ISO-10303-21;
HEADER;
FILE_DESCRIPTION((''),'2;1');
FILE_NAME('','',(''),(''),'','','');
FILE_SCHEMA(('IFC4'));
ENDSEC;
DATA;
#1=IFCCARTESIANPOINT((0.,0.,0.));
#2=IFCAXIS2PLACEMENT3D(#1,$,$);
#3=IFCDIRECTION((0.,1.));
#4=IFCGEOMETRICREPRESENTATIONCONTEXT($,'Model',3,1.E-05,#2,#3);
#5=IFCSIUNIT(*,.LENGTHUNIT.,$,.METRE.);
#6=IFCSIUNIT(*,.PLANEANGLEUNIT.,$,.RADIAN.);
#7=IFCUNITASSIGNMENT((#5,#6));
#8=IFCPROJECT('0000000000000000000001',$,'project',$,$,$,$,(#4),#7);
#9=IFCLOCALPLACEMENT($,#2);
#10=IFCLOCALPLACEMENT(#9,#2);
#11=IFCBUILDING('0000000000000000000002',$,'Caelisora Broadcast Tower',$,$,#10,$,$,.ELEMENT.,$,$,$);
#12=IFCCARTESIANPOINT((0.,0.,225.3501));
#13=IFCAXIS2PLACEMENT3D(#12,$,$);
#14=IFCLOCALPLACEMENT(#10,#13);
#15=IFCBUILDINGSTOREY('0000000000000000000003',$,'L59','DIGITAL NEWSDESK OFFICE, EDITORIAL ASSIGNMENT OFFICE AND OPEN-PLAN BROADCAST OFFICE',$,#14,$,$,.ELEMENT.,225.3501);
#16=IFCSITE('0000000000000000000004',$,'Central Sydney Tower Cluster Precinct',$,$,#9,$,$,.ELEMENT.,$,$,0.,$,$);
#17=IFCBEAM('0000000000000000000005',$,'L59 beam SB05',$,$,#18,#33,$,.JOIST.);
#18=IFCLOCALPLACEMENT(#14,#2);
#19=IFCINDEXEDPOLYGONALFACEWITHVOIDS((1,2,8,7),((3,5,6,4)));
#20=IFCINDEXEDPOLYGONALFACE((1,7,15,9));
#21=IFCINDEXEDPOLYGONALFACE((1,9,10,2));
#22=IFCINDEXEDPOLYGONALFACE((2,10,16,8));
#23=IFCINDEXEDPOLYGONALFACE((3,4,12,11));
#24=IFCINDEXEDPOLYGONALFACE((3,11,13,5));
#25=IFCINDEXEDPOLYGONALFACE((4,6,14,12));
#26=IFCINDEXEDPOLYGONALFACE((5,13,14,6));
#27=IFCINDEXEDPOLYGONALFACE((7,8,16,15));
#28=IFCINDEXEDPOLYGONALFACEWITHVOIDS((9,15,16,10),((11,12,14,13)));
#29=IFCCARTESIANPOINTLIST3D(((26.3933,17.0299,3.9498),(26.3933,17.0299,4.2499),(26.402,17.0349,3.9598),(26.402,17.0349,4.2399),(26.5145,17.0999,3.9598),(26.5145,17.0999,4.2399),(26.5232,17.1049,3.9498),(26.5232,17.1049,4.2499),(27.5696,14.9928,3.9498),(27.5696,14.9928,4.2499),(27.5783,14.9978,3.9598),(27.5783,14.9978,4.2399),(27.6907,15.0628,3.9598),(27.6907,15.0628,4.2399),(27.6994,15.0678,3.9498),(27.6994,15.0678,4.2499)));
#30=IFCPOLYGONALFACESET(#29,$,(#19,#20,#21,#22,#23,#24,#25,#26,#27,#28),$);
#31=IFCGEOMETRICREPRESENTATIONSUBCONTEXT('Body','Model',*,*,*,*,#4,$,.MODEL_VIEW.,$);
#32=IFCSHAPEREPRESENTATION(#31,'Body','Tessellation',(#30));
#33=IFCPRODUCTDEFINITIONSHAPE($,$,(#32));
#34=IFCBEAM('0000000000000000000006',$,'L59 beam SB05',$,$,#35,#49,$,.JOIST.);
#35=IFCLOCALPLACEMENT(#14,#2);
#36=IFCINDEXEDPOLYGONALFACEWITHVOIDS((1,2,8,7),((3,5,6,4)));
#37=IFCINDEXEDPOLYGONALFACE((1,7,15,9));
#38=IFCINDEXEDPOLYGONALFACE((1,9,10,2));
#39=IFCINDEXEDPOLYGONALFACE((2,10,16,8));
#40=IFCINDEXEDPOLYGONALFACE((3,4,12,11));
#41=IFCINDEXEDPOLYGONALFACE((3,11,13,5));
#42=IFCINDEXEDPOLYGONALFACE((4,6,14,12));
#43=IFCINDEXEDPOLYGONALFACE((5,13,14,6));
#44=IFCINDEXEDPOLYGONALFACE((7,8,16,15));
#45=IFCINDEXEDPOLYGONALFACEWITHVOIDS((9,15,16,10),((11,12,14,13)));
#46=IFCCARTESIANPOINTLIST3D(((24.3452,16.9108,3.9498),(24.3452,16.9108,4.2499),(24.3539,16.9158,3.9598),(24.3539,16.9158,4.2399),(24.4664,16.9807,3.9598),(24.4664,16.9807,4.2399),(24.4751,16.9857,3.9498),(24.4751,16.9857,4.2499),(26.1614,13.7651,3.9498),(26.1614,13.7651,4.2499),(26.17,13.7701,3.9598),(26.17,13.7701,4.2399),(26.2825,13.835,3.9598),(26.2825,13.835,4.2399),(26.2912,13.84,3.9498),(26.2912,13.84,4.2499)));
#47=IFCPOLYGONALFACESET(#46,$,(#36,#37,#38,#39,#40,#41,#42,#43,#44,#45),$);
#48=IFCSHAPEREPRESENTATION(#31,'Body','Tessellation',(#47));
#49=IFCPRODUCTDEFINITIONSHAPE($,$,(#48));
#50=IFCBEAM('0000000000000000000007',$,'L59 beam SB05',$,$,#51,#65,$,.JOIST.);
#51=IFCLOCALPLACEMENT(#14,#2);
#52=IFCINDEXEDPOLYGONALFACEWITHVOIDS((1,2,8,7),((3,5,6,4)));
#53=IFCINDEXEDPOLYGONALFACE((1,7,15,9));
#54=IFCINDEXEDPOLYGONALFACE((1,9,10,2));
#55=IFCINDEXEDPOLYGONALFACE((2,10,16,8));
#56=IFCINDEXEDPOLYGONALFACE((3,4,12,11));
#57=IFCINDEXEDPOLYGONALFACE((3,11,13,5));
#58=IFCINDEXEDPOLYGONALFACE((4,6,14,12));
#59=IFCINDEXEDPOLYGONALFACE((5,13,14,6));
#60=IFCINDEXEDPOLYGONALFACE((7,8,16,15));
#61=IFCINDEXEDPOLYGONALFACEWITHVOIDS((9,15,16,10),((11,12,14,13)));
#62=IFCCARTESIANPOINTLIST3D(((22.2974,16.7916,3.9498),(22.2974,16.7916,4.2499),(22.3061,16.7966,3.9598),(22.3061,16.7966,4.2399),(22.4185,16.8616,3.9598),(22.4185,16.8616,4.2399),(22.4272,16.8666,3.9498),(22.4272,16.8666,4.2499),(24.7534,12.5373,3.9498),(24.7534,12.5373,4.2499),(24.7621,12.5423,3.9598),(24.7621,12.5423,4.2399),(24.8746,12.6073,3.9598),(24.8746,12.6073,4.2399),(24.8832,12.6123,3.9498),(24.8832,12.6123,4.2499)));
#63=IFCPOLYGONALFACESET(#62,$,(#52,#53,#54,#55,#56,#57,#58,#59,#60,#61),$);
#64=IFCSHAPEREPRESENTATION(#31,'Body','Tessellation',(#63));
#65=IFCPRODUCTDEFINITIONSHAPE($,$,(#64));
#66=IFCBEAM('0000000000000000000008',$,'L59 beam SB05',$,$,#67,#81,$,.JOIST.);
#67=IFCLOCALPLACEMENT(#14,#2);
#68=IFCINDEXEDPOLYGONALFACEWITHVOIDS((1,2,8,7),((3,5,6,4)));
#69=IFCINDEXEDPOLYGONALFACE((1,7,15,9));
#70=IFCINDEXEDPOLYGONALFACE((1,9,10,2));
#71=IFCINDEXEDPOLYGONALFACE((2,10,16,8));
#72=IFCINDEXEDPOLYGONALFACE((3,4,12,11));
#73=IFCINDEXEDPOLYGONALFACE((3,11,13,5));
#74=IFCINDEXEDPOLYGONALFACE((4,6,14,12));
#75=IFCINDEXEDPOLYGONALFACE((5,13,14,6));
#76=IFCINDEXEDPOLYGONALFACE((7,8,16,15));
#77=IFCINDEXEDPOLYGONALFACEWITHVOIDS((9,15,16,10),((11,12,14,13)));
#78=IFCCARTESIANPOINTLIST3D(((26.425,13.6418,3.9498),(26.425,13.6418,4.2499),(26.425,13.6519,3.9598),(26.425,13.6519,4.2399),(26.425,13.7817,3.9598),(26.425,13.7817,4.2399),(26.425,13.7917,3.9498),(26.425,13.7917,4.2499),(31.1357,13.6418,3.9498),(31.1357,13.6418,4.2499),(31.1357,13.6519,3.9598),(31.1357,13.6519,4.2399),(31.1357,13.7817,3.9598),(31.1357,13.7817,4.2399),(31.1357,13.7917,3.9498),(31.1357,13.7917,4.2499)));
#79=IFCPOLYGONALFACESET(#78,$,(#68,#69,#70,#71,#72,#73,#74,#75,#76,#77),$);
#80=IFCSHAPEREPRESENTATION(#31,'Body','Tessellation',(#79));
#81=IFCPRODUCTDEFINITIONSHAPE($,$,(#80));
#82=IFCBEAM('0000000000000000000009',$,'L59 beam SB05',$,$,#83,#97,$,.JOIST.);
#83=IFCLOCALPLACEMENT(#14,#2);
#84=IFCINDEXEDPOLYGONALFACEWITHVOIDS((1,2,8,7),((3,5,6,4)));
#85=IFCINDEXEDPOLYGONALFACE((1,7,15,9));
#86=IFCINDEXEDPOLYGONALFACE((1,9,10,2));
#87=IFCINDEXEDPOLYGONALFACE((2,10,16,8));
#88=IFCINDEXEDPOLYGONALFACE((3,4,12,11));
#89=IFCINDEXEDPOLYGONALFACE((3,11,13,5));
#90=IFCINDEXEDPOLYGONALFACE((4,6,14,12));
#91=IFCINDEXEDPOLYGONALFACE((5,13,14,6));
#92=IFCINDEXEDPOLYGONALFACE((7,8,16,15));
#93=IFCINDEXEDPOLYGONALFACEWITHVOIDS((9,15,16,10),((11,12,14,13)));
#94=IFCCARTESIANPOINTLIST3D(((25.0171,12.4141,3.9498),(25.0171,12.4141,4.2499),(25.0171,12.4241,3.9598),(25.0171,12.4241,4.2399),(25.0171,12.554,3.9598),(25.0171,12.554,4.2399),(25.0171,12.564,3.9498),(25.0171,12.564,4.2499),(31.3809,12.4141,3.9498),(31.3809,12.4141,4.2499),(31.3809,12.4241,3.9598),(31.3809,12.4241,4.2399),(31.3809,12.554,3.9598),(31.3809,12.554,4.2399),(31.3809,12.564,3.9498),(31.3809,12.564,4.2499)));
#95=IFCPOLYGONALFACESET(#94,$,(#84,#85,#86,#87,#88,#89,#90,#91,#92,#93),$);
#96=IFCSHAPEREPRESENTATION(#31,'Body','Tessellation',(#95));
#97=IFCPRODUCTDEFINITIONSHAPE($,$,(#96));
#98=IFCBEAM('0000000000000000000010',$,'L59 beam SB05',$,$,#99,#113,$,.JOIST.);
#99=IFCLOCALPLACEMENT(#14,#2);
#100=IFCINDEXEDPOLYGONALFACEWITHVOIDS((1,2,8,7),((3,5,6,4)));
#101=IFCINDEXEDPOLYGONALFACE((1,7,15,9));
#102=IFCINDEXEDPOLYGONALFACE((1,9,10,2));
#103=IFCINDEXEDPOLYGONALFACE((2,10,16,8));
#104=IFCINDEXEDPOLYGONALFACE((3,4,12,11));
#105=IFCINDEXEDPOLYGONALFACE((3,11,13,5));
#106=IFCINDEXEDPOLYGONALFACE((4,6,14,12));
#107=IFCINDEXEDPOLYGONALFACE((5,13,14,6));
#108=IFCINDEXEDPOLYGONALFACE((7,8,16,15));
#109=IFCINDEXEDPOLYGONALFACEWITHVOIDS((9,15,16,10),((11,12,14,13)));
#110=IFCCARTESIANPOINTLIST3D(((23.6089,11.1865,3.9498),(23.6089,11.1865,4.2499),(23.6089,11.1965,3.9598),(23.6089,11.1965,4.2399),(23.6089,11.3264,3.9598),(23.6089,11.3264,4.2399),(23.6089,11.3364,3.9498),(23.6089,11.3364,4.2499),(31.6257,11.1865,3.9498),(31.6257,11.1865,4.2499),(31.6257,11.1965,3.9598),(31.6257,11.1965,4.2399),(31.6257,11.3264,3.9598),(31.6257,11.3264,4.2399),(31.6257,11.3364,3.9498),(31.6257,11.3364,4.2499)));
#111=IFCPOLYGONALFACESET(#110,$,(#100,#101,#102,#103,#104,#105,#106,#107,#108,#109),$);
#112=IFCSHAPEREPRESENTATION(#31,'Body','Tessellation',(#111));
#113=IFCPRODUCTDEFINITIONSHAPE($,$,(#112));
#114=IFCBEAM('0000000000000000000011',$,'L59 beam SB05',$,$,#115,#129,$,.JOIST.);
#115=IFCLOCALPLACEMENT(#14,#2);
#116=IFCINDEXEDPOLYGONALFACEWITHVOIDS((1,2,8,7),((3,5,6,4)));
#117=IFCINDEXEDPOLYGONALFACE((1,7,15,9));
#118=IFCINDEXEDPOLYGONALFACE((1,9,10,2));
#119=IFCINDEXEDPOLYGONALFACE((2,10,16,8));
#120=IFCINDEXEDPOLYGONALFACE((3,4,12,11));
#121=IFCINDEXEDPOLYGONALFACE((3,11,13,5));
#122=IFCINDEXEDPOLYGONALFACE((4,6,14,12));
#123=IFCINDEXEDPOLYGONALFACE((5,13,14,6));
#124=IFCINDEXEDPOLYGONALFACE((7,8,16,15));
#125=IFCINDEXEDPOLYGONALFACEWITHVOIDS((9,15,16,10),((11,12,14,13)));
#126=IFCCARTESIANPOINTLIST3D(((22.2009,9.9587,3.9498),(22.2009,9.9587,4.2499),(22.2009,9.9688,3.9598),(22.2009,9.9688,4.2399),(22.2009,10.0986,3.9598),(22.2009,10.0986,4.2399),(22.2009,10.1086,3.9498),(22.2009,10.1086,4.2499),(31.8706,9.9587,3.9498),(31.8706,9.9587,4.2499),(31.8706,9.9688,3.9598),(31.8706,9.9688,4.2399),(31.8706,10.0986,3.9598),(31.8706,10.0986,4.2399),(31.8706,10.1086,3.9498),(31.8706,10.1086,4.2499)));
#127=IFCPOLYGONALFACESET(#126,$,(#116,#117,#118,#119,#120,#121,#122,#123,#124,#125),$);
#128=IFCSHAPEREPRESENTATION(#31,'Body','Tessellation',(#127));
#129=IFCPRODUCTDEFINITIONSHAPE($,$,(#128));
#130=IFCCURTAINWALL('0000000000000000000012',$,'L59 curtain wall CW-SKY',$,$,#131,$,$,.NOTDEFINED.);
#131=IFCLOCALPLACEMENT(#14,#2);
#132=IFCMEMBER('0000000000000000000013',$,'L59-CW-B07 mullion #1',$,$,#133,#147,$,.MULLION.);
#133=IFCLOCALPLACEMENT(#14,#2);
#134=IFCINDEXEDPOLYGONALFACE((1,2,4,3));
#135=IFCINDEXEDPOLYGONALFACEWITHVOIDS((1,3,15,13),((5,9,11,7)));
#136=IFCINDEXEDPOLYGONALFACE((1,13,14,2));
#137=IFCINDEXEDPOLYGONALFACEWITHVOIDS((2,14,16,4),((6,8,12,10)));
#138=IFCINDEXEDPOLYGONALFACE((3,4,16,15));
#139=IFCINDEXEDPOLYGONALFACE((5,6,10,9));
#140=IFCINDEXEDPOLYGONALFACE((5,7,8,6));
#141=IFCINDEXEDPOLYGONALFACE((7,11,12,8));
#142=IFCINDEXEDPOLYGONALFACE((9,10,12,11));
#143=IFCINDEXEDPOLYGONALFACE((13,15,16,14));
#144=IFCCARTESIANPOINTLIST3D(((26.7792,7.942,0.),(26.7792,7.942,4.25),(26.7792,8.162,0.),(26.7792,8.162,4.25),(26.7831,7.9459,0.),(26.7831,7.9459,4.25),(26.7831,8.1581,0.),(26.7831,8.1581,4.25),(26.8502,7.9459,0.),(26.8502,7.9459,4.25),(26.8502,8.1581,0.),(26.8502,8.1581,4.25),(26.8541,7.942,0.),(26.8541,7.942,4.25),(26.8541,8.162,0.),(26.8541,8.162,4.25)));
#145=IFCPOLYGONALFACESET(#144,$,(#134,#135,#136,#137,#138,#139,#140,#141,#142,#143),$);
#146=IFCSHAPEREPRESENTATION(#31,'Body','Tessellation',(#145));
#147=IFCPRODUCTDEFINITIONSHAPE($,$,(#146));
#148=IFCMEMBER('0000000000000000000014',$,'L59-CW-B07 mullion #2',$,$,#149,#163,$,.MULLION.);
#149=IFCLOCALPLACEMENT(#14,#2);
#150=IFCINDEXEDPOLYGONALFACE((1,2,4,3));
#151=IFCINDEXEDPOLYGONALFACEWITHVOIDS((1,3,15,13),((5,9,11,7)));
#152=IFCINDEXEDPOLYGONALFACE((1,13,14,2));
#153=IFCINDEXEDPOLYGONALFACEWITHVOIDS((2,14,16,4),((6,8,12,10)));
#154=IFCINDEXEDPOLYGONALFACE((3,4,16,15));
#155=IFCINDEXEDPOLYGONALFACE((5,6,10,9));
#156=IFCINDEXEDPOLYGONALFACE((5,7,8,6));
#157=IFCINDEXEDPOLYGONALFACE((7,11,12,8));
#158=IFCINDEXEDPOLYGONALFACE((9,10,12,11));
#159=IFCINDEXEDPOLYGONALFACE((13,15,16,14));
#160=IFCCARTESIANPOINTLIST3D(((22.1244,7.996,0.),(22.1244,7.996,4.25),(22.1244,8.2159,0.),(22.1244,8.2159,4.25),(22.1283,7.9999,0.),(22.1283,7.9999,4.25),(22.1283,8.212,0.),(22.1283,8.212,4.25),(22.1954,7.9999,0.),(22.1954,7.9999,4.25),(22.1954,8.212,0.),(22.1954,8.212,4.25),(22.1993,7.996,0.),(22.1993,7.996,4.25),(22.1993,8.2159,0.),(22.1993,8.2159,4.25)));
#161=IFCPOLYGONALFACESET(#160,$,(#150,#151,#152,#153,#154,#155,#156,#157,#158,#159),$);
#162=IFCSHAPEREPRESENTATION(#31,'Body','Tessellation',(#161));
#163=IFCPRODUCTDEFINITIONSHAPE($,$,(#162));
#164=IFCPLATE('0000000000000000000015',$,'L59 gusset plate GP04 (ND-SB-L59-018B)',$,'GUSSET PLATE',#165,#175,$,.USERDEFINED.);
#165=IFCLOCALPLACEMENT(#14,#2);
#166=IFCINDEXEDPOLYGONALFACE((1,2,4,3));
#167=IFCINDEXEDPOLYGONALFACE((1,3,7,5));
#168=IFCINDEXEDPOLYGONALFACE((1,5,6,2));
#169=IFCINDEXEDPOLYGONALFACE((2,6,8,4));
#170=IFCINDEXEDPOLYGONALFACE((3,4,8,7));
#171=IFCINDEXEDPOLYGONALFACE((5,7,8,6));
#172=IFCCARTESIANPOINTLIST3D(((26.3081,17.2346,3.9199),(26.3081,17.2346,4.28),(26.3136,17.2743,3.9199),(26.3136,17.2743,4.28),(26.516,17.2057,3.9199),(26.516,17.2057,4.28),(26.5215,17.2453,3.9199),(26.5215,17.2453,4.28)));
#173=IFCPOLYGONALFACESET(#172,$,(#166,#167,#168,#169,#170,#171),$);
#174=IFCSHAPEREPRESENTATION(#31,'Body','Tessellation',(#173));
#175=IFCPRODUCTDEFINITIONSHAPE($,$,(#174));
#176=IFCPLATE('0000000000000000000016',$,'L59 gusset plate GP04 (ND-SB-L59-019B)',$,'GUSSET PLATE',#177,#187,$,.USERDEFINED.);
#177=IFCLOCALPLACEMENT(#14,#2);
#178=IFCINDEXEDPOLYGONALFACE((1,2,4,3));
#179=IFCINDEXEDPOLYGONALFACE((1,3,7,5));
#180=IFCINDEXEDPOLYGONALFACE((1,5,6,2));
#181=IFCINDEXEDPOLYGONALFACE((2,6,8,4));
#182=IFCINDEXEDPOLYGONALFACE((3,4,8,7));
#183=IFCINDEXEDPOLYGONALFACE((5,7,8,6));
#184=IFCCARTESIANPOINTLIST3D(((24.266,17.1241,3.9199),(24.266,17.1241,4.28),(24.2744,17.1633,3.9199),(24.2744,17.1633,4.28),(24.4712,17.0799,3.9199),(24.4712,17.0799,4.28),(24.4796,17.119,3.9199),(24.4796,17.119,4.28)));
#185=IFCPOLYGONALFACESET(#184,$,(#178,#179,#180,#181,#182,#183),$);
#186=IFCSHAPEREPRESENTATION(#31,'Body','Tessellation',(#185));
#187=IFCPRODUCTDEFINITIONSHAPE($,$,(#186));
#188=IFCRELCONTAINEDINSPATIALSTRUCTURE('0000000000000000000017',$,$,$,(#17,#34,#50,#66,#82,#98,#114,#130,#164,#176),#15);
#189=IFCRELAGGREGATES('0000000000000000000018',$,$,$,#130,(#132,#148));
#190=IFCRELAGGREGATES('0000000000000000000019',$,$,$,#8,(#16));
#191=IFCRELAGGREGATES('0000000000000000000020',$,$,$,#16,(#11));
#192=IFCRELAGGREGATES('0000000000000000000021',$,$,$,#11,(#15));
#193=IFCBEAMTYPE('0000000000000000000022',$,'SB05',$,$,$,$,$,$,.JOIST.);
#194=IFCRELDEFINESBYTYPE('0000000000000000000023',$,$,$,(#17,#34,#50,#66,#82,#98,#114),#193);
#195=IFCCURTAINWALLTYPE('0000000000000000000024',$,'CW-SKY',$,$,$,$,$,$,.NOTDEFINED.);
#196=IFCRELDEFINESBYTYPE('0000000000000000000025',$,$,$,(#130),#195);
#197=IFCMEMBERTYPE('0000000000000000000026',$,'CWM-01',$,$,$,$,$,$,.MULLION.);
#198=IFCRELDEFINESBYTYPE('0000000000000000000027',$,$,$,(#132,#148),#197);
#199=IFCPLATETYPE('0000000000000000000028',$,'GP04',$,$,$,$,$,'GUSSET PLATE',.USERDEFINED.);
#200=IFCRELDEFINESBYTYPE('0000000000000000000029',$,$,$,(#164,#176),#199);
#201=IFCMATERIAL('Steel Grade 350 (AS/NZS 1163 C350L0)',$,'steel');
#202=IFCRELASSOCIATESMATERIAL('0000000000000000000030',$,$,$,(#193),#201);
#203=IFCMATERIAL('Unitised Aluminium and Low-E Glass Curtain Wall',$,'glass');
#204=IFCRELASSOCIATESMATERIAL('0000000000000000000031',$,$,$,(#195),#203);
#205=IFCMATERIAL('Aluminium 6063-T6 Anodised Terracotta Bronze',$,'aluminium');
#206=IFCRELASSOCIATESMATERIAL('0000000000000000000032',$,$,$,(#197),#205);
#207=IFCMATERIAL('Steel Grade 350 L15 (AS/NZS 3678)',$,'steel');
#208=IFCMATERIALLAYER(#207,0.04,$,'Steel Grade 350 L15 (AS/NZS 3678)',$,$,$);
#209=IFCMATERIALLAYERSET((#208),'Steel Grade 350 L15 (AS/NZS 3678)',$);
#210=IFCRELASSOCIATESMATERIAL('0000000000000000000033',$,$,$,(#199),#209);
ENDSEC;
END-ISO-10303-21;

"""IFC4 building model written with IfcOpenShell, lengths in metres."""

from ifc_helpers import new_model, si_unit, direction, frame, origin, origin_2d, place, context, subcontext, project, spatial, rectangle, hollow_rectangle, extrude, source, transform, mapped, material, layer, layer_set, material_profile, profile_set, type_object, type_shapes, element, aggregate, save


model = new_model("IFC4")

# Units and contexts
model_context = context("Model", 3, precision=1e-05, world=origin(), true_north=direction((0.0, 1.0)))
body_context = subcontext(model_context, "Body", "Model", "MODEL_VIEW")
ifc_project = project(units=[si_unit("LENGTHUNIT", "METRE"), si_unit("PLANEANGLEUNIT", "RADIAN")], contexts=[model_context])

# Site, building, storey
site_placement = place(None, origin())
site = spatial("IfcSite", under=ifc_project, at=site_placement, Name="Central Sydney Tower Cluster Precinct", CompositionType="ELEMENT", RefElevation=0.0)
building_placement = place(site_placement, origin())
building = spatial("IfcBuilding", under=site, at=building_placement, Name="Caelisora Broadcast Tower", CompositionType="ELEMENT")
storey_placement = place(building_placement, frame((0.0, 0.0, 225.3501)))
storey = spatial("IfcBuildingStorey", under=building, at=storey_placement, Name="L59", Description="DIGITAL NEWSDESK OFFICE, EDITORIAL ASSIGNMENT OFFICE AND OPEN-PLAN BROADCAST OFFICE", CompositionType="ELEMENT", Elevation=225.3501)

# Beams
ifc_material_1 = material(Name="Steel Grade 350 (AS/NZS 1163 C350L0)", Category="steel")
ifc_material_profile_1 = material_profile(ifc_material_1, hollow_rectangle(XDim=0.1499, YDim=0.3, WallThickness=0.01, at=origin_2d()), Name="Steel Grade 350 (AS/NZS 1163 C350L0)")
ifc_profile_set_1 = profile_set([ifc_material_profile_1], Name="Steel Grade 350 (AS/NZS 1163 C350L0)")
beam_type = type_object("IfcBeamType", Name="SB05", PredefinedType="JOIST", material=ifc_profile_set_1)
shared_shape_1 = source(origin(), body_context, "Body", "SweptSolid", [
    extrude(hollow_rectangle(XDim=0.1499, YDim=0.3, WallThickness=0.01, at=origin_2d()), origin(), (0.0, 0.0, 1.0), 2.3523),
])
beam_1_placement = place(storey_placement, frame((26.4583, 17.0674, 4.0999), z_axis=(0.500046, -0.865999, 0.0), x_axis=(0.865999, 0.500046, 0.0)))
element("IfcBeam", 1, at=beam_1_placement, inside=storey, type_object=beam_type, Name="L59 beam SB05", PredefinedType="JOIST", context=body_context, shape_type="MappedRepresentation", body=[
    mapped(shared_shape_1, transform((0.0, 0.0, 0.0), scale=1.0)),
])
shared_shape_2 = source(origin(), body_context, "Body", "SweptSolid", [
    extrude(hollow_rectangle(XDim=0.1499, YDim=0.3, WallThickness=0.01, at=origin_2d()), origin(), (0.0, 0.0, 1.0), 3.6323),
])
beam_2_placement = place(storey_placement, frame((24.4102, 16.9482, 4.0999), z_axis=(0.499992, -0.86603, 0.0), x_axis=(0.86603, 0.499992, 0.0)))
element("IfcBeam", 2, at=beam_2_placement, inside=storey, type_object=beam_type, Name="L59 beam SB05", PredefinedType="JOIST", context=body_context, shape_type="MappedRepresentation", body=[
    mapped(shared_shape_2, transform((0.0, 0.0, 0.0), scale=1.0)),
])
shared_shape_3 = source(origin(), body_context, "Body", "SweptSolid", [
    extrude(hollow_rectangle(XDim=0.1499, YDim=0.3, WallThickness=0.01, at=origin_2d()), origin(), (0.0, 0.0, 1.0), 4.9124),
])
beam_3_placement = place(storey_placement, frame((22.3623, 16.8291, 4.0999), z_axis=(0.499966, -0.866045, 0.0), x_axis=(0.866045, 0.499966, 0.0)))
element("IfcBeam", 3, at=beam_3_placement, inside=storey, type_object=beam_type, Name="L59 beam SB05", PredefinedType="JOIST", context=body_context, shape_type="MappedRepresentation", body=[
    mapped(shared_shape_3, transform((0.0, 0.0, 0.0), scale=1.0)),
])
shared_shape_4 = source(origin(), body_context, "Body", "SweptSolid", [
    extrude(hollow_rectangle(XDim=0.1499, YDim=0.3, WallThickness=0.01, at=origin_2d()), origin(), (0.0, 0.0, 1.0), 4.7107),
])
beam_4_placement = place(storey_placement, frame((26.425, 13.7168, 4.0999), z_axis=(1.0, 0.0, 0.0), x_axis=(0.0, 1.0, 0.0)))
element("IfcBeam", 4, at=beam_4_placement, inside=storey, type_object=beam_type, Name="L59 beam SB05", PredefinedType="JOIST", context=body_context, shape_type="MappedRepresentation", body=[
    mapped(shared_shape_4, transform((0.0, 0.0, 0.0), scale=1.0)),
])
shared_shape_5 = source(origin(), body_context, "Body", "SweptSolid", [
    extrude(hollow_rectangle(XDim=0.1499, YDim=0.3, WallThickness=0.01, at=origin_2d()), origin(), (0.0, 0.0, 1.0), 6.3638),
])
beam_5_placement = place(storey_placement, frame((25.0171, 12.489, 4.0999), z_axis=(1.0, 0.0, 0.0), x_axis=(0.0, 1.0, 0.0)))
element("IfcBeam", 5, at=beam_5_placement, inside=storey, type_object=beam_type, Name="L59 beam SB05", PredefinedType="JOIST", context=body_context, shape_type="MappedRepresentation", body=[
    mapped(shared_shape_5, transform((0.0, 0.0, 0.0), scale=1.0)),
])
shared_shape_6 = source(origin(), body_context, "Body", "SweptSolid", [
    extrude(hollow_rectangle(XDim=0.1499, YDim=0.3, WallThickness=0.01, at=origin_2d()), origin(), (0.0, 0.0, 1.0), 8.0168),
])
beam_6_placement = place(storey_placement, frame((23.6089, 11.2615, 4.0999), z_axis=(1.0, 0.0, 0.0), x_axis=(0.0, 1.0, 0.0)))
element("IfcBeam", 6, at=beam_6_placement, inside=storey, type_object=beam_type, Name="L59 beam SB05", PredefinedType="JOIST", context=body_context, shape_type="MappedRepresentation", body=[
    mapped(shared_shape_6, transform((0.0, 0.0, 0.0), scale=1.0)),
])
shared_shape_7 = source(origin(), body_context, "Body", "SweptSolid", [
    extrude(hollow_rectangle(XDim=0.1499, YDim=0.3, WallThickness=0.01, at=origin_2d()), origin(), (0.0, 0.0, 1.0), 9.6697),
])
type_shapes(beam_type, [shared_shape_1, shared_shape_2, shared_shape_3, shared_shape_4, shared_shape_5, shared_shape_6, shared_shape_7])
beam_7_placement = place(storey_placement, frame((22.2009, 10.0337, 4.0999), z_axis=(1.0, 0.0, 0.0), x_axis=(0.0, 1.0, 0.0)))
element("IfcBeam", 7, at=beam_7_placement, inside=storey, type_object=beam_type, Name="L59 beam SB05", PredefinedType="JOIST", context=body_context, shape_type="MappedRepresentation", body=[
    mapped(shared_shape_7, transform((0.0, 0.0, 0.0), scale=1.0)),
])

# Curtain wall, members
ifc_material_2 = material(Name="Unitised Aluminium and Low-E Glass Curtain Wall", Category="glass")
curtain_wall_type = type_object("IfcCurtainWallType", Name="CW-SKY", PredefinedType="NOTDEFINED", material=ifc_material_2)
curtain_wall_placement = place(storey_placement, origin())
curtain_wall = element("IfcCurtainWall", 8, at=curtain_wall_placement, inside=storey, type_object=curtain_wall_type, Name="L59 curtain wall CW-SKY", PredefinedType="NOTDEFINED")
ifc_material_3 = material(Name="Aluminium 6063-T6 Anodised Terracotta Bronze", Category="aluminium")
ifc_material_profile_2 = material_profile(ifc_material_3, hollow_rectangle(XDim=0.075, YDim=0.22, WallThickness=0.0039, at=origin_2d()), Name="Aluminium 6063-T6 Anodised Terracotta Bronze")
ifc_profile_set_2 = profile_set([ifc_material_profile_2], Name="Aluminium 6063-T6 Anodised Terracotta Bronze")
member_type = type_object("IfcMemberType", Name="CWM-01", PredefinedType="MULLION", material=ifc_profile_set_2)
shared_shape_8 = source(origin(), body_context, "Body", "SweptSolid", [
    extrude(hollow_rectangle(XDim=0.075, YDim=0.22, WallThickness=0.0039, at=origin_2d()), origin(), (0.0, 0.0, 1.0), 4.25),
])
type_shapes(member_type, [shared_shape_8])
member_1_placement = place(storey_placement, frame((26.8167, 8.052, 0.0), z_axis=(0.0, 0.0, 1.0), x_axis=(1.0, 0.0, 0.0)))
member_1 = element("IfcMember", 9, at=member_1_placement, type_object=member_type, Name="L59-CW-B07 mullion #1", PredefinedType="MULLION", context=body_context, shape_type="MappedRepresentation", body=[
    mapped(shared_shape_8, transform((0.0, 0.0, 0.0), scale=1.0)),
])
member_2_placement = place(storey_placement, frame((22.1619, 8.106, 0.0), z_axis=(0.0, 0.0, 1.0), x_axis=(1.0, 0.0, 0.0)))
member_2 = element("IfcMember", 10, at=member_2_placement, type_object=member_type, Name="L59-CW-B07 mullion #2", PredefinedType="MULLION", context=body_context, shape_type="MappedRepresentation", body=[
    mapped(shared_shape_8, transform((0.0, 0.0, 0.0), scale=1.0)),
])

# Plates
ifc_material_4 = material(Name="Steel Grade 350 L15 (AS/NZS 3678)", Category="steel")
ifc_layer_1 = layer(ifc_material_4, 0.04, Name="Steel Grade 350 L15 (AS/NZS 3678)")
ifc_layer_set_1 = layer_set([ifc_layer_1], Name="Steel Grade 350 L15 (AS/NZS 3678)")
plate_type_1 = type_object("IfcPlateType", Name="GP04", ElementType="GUSSET PLATE", PredefinedType="USERDEFINED", material=ifc_layer_set_1)
shared_shape_9 = source(origin(), body_context, "Body", "SweptSolid", [
    extrude(rectangle(XDim=0.21, YDim=0.04, at=origin_2d()), origin(), (0.0, 0.0, 1.0), 0.3601),
])
type_shapes(plate_type_1, [shared_shape_9])
for number, where, z_axis, x_axis, name in (
    (11, (26.4148, 17.24, 3.9199), (0.0, 0.0, 1.0), (0.990437, -0.137963, 0.0), "L59 gusset plate GP04 (ND-SB-L59-018B)"),
    (12, (24.3728, 17.1216, 3.9199), (0.0, 0.0, 1.0), (0.977526, -0.210813, 0.0), "L59 gusset plate GP04 (ND-SB-L59-019B)"),
):
    element("IfcPlate", number, at=place(storey_placement, frame(where, z_axis=z_axis, x_axis=x_axis)), inside=storey, type_object=plate_type_1, Name=name, ObjectType="GUSSET PLATE", PredefinedType="USERDEFINED", context=body_context, shape_type="MappedRepresentation", body=[
        mapped(shared_shape_9, transform((0.0, 0.0, 0.0), scale=1.0)),
    ])

aggregate(curtain_wall, [member_1, member_2])

save(model, "model.ifc")
